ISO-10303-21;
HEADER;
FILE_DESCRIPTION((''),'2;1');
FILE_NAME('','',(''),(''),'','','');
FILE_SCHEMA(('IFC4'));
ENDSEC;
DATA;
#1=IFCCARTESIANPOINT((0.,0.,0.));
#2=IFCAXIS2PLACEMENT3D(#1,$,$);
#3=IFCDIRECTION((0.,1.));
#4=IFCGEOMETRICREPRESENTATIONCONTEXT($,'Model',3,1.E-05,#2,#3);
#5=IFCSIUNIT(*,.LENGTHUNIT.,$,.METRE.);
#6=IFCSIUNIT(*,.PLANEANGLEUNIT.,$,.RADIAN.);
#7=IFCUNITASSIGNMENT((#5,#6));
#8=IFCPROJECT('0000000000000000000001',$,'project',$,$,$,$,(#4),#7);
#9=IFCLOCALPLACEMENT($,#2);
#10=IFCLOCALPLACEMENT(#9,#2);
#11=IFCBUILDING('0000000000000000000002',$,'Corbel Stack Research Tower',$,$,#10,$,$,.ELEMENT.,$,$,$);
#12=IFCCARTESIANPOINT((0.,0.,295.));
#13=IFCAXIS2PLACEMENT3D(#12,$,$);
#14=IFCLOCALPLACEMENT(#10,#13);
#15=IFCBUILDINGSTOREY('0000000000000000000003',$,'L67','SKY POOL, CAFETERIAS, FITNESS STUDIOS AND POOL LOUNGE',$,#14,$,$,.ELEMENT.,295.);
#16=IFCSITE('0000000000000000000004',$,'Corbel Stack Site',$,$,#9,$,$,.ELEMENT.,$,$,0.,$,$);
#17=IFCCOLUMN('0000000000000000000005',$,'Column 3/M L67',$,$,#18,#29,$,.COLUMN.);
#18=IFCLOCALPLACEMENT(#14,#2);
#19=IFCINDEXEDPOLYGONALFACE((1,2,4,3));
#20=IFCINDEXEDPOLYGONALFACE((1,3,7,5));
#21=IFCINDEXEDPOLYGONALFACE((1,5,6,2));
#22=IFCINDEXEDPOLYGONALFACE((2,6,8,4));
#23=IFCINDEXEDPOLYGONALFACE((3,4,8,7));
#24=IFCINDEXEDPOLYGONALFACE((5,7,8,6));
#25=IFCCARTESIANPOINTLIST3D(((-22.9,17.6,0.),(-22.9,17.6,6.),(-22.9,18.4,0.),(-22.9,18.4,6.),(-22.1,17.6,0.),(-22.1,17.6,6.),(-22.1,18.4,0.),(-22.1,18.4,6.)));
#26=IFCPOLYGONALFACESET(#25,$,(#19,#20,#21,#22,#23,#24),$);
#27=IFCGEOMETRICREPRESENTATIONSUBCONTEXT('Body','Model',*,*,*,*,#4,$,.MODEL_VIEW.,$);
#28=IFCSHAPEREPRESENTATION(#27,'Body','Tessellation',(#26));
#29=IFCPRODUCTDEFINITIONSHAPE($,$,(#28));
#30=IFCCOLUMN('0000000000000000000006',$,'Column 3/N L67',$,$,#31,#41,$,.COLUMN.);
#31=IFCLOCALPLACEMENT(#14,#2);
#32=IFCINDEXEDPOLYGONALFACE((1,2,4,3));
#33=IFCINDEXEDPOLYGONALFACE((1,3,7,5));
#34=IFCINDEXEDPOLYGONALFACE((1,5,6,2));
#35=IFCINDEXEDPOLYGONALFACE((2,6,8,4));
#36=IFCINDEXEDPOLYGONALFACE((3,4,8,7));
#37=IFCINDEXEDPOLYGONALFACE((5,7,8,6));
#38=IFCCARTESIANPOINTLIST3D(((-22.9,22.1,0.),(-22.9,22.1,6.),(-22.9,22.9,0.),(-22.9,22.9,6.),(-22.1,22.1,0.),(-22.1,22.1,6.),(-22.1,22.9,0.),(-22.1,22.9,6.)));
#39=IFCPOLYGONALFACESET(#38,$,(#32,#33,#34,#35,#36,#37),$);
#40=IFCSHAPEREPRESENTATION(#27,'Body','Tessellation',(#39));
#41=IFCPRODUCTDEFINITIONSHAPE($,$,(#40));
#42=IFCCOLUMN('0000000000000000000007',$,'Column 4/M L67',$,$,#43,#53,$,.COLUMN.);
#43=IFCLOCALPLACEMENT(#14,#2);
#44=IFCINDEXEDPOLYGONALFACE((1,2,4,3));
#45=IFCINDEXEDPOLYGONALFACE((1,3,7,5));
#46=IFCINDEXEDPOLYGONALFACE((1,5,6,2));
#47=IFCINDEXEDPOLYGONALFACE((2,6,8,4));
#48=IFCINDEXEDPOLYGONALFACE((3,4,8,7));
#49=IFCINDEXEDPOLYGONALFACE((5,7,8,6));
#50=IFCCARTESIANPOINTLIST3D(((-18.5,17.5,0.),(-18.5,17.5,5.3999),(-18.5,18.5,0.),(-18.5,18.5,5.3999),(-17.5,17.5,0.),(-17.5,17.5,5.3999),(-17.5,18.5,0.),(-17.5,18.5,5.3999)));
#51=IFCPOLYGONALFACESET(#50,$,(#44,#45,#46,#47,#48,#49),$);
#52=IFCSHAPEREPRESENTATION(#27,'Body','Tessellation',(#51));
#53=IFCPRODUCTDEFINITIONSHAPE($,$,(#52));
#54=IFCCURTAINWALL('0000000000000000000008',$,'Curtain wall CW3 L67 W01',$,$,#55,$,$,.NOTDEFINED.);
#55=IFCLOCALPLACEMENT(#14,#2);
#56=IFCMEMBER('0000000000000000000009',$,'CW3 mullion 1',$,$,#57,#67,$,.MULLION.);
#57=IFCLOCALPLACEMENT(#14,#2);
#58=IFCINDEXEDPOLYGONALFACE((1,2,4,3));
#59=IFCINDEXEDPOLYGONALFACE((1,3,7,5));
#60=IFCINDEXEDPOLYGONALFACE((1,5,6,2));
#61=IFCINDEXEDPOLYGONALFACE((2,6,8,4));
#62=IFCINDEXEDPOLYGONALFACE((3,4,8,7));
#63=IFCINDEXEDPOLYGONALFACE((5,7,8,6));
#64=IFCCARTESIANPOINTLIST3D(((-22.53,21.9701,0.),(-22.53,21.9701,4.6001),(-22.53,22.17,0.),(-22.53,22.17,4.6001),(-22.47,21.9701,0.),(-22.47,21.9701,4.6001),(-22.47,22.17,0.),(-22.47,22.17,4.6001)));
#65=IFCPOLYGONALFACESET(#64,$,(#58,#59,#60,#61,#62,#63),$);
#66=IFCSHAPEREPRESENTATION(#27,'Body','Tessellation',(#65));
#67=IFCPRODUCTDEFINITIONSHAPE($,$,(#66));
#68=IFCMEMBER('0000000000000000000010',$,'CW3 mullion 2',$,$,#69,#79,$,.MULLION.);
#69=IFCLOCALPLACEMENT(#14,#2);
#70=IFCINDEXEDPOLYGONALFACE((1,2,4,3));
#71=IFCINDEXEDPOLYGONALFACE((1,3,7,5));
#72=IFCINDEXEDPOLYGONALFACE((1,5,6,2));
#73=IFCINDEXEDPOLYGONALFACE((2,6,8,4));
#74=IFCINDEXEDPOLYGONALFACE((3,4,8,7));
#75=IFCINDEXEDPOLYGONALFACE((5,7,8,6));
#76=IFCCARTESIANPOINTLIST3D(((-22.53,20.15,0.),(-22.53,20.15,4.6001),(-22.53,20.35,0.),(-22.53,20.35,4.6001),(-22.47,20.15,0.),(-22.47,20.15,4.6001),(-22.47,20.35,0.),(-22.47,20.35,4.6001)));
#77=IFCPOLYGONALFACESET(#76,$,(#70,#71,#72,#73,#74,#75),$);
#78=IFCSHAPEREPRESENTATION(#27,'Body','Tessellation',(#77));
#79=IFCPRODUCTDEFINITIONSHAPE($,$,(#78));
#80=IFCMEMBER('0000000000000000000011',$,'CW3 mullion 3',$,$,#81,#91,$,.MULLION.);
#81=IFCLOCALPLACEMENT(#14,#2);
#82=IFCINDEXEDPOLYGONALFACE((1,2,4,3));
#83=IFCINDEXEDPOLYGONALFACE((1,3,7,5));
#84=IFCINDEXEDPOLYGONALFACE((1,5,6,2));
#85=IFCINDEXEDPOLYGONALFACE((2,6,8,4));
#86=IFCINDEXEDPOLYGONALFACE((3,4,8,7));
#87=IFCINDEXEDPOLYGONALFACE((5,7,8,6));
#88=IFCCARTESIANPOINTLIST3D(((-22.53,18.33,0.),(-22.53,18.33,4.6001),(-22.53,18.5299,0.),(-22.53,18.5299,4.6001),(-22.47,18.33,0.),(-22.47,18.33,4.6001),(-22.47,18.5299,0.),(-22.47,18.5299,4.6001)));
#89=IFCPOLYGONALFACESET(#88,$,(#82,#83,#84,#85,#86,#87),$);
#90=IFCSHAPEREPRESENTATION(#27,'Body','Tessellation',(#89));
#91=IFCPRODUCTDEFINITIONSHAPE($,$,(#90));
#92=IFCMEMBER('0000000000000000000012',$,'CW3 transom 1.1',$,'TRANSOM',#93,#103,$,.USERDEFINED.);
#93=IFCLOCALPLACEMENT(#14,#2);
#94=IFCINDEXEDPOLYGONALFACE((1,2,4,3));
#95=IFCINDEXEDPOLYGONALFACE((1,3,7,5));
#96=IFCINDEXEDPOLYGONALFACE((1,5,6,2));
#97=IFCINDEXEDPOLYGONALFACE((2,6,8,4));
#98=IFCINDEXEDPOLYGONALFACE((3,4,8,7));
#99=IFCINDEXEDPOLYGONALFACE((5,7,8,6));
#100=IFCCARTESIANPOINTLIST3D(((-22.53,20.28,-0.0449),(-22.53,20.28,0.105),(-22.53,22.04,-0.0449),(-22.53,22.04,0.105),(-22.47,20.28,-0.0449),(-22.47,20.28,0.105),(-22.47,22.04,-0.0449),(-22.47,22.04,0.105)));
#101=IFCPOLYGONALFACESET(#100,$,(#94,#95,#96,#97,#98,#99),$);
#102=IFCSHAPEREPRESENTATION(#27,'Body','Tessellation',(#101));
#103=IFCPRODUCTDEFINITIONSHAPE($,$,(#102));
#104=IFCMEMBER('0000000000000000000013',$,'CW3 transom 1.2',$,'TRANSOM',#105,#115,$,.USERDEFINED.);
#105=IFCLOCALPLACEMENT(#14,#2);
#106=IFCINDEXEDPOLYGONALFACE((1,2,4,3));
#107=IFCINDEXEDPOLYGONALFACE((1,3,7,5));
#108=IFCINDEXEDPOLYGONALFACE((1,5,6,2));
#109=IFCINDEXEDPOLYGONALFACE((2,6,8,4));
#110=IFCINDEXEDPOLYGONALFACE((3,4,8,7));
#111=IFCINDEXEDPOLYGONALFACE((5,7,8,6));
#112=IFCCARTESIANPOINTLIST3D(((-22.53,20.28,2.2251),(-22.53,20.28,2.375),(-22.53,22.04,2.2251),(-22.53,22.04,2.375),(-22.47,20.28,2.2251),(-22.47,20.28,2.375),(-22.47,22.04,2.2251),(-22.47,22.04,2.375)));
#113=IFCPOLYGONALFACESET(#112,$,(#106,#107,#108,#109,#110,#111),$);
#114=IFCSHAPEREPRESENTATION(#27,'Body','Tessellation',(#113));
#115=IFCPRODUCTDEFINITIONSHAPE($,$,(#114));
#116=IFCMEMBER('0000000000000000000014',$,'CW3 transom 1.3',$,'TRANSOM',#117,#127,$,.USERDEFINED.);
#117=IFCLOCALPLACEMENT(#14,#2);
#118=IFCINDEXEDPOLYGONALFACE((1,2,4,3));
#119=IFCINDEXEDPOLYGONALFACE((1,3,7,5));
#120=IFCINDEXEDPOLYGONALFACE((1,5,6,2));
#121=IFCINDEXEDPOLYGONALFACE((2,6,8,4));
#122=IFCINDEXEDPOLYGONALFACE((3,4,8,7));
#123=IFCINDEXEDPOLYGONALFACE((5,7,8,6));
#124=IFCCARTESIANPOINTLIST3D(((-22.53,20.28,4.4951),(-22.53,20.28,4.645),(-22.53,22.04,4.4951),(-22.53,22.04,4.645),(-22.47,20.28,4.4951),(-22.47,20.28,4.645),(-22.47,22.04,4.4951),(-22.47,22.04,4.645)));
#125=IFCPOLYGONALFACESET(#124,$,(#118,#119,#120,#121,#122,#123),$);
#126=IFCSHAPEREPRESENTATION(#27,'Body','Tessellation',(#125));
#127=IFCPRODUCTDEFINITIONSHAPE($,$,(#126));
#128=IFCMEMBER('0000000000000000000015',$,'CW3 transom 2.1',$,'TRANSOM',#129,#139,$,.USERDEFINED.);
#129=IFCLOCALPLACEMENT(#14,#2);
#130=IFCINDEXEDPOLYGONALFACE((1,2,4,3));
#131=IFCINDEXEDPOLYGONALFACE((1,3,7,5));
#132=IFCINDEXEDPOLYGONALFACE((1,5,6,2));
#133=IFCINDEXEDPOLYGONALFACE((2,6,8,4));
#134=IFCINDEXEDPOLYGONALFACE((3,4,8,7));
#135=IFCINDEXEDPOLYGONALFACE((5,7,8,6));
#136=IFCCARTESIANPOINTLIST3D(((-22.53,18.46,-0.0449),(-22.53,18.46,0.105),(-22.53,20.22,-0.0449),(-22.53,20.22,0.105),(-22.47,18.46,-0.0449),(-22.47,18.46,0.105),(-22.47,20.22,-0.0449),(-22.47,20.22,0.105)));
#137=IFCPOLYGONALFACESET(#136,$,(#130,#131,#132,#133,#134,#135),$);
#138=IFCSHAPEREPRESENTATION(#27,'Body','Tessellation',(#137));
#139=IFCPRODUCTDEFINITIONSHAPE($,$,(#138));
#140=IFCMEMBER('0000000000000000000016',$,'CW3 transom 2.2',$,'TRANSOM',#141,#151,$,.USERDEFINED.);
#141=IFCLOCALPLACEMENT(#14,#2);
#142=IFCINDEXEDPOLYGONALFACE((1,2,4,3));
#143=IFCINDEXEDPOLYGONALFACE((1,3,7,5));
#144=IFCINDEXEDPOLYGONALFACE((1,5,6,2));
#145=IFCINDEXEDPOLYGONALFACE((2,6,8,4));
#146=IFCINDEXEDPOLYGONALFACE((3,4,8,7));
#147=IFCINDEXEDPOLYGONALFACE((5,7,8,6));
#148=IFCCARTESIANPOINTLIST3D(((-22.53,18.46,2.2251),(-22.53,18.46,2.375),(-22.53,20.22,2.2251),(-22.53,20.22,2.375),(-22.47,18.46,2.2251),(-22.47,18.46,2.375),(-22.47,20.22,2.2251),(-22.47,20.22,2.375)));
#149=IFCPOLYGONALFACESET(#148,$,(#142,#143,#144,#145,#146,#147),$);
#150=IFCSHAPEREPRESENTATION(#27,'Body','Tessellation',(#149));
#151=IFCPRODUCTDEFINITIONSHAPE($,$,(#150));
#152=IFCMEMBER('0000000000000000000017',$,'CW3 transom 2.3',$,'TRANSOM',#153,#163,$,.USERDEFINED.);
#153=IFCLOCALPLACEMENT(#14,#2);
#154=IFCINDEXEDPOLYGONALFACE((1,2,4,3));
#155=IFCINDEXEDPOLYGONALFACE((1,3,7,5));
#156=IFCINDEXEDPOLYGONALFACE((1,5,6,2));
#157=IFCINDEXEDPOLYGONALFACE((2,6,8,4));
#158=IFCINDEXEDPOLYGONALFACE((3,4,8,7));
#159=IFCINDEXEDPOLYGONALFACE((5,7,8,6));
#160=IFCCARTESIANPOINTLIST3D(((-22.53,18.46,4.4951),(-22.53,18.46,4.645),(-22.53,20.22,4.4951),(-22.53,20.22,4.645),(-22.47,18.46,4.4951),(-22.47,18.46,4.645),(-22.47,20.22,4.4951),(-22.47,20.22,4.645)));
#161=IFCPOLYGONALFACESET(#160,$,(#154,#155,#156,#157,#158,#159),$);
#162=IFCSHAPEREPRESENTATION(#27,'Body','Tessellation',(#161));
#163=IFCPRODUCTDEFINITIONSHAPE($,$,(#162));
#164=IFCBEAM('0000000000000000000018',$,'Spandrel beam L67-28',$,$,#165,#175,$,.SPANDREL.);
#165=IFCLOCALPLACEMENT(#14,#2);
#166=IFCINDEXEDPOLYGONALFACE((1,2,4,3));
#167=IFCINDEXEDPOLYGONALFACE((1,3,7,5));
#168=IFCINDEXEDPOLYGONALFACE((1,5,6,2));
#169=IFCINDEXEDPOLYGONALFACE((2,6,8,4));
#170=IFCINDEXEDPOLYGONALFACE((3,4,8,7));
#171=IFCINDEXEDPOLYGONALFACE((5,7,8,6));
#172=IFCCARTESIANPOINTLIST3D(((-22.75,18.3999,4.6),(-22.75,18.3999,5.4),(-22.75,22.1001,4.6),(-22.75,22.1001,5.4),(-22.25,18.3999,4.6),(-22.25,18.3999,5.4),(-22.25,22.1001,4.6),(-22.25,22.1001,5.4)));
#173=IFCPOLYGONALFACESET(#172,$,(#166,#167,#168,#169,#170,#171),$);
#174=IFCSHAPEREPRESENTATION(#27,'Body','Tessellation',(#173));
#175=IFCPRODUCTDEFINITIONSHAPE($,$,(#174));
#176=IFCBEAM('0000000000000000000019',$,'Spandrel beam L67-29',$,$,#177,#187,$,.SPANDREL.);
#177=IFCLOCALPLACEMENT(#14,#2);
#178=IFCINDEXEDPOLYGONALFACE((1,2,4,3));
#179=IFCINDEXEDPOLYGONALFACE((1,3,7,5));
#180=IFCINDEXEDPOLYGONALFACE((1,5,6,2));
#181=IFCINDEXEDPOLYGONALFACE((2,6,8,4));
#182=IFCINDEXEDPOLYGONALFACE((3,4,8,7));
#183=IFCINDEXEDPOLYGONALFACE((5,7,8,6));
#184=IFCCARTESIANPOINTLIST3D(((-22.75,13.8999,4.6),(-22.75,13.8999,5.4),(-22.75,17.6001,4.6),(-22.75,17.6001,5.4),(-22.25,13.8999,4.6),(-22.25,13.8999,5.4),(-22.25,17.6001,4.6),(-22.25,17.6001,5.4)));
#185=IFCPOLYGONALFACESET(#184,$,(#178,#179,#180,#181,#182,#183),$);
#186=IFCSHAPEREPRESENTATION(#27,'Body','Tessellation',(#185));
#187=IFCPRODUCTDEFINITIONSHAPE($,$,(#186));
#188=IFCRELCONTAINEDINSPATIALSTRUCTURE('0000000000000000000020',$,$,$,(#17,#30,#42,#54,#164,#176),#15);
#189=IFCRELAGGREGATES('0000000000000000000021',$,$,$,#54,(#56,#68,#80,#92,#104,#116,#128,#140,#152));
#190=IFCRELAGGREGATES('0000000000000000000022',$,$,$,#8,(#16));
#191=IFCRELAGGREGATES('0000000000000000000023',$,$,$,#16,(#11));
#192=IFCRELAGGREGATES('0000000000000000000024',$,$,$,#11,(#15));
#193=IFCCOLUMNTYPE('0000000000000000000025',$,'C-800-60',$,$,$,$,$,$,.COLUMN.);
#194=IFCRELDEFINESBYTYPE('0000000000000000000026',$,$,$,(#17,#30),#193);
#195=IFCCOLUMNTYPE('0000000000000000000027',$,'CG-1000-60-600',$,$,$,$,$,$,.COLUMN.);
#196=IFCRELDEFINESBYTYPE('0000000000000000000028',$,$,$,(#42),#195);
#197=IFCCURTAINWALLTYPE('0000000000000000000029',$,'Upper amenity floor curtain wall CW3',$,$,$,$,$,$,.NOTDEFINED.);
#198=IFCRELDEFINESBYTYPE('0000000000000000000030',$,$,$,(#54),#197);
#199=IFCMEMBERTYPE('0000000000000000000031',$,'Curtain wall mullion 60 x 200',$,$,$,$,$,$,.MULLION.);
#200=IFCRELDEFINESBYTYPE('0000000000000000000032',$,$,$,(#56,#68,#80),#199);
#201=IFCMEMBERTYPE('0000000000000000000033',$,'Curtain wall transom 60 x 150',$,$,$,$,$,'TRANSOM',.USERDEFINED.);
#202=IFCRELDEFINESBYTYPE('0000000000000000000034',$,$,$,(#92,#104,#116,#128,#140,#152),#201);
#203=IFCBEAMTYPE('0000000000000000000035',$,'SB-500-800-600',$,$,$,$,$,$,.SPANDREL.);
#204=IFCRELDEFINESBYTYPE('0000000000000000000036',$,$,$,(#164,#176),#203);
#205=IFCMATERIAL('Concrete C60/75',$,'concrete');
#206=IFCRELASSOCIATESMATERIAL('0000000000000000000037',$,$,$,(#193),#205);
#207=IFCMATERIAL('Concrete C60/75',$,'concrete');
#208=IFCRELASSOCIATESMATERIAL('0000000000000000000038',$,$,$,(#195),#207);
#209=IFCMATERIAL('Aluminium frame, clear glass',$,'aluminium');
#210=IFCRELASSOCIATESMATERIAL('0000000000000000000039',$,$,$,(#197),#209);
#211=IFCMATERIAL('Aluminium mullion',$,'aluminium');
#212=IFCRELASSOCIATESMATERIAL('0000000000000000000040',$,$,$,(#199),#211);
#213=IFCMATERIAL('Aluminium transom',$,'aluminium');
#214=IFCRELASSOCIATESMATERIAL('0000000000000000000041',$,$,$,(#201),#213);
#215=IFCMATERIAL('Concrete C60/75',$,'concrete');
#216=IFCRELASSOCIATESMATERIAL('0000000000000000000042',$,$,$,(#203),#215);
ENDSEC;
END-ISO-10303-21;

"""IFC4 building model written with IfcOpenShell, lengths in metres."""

from ifc_helpers import new_model, si_unit, direction, frame, origin, origin_2d, place, context, subcontext, project, spatial, rectangle, extrude, material, material_profile, profile_set, type_object, element, aggregate, save


model = new_model("IFC4")

# Units and contexts
model_context = context("Model", 3, precision=1e-05, world=origin(), true_north=direction((0.0, 1.0)))
body_context = subcontext(model_context, "Body", "Model", "MODEL_VIEW")
ifc_project = project(units=[si_unit("LENGTHUNIT", "METRE"), si_unit("PLANEANGLEUNIT", "RADIAN")], contexts=[model_context])

# Site, building, storey
site_placement = place(None, origin())
site = spatial("IfcSite", under=ifc_project, at=site_placement, Name="Corbel Stack Site", CompositionType="ELEMENT", RefElevation=0.0)
building_placement = place(site_placement, origin())
building = spatial("IfcBuilding", under=site, at=building_placement, Name="Corbel Stack Research Tower", CompositionType="ELEMENT")
storey_placement = place(building_placement, frame((0.0, 0.0, 295.0)))
storey = spatial("IfcBuildingStorey", under=building, at=storey_placement, Name="L67", Description="SKY POOL, CAFETERIAS, FITNESS STUDIOS AND POOL LOUNGE", CompositionType="ELEMENT", Elevation=295.0)

# Columns
ifc_material_1 = material(Name="Concrete C60/75", Category="concrete")
ifc_material_profile_1 = material_profile(ifc_material_1, rectangle(XDim=0.8, YDim=0.8, at=origin_2d()), Name="RC 800 x 800")
ifc_profile_set_1 = profile_set([ifc_material_profile_1], Name="Concrete C60/75")
column_type_1 = type_object("IfcColumnType", Name="C-800-60", PredefinedType="COLUMN", material=ifc_profile_set_1)
for number, where, z_axis, x_axis, name in (
    (1, (-22.5, 18.0, 0.0), (0.0, 0.0, 1.0), (1.0, 0.0, 0.0), "Column 3/M L67"),
    (2, (-22.5, 22.5, 0.0), (0.0, 0.0, 1.0), (1.0, 0.0, 0.0), "Column 3/N L67"),
):
    element("IfcColumn", number, at=place(storey_placement, frame(where, z_axis=z_axis, x_axis=x_axis)), inside=storey, type_object=column_type_1, Name=name, PredefinedType="COLUMN", context=body_context, shape_type="SweptSolid", body=[
        extrude(rectangle(XDim=0.8, YDim=0.8, at=origin_2d()), origin(), (0.0, 0.0, 1.0), 6.0),
    ])
ifc_material_2 = material(Name="Concrete C60/75", Category="concrete")
ifc_material_profile_2 = material_profile(ifc_material_2, rectangle(XDim=1.0, YDim=1.0, at=origin_2d()), Name="RC 1000 x 1000")
ifc_profile_set_2 = profile_set([ifc_material_profile_2], Name="Concrete C60/75")
column_type_2 = type_object("IfcColumnType", Name="CG-1000-60-600", PredefinedType="COLUMN", material=ifc_profile_set_2)
column_placement = place(storey_placement, frame((-18.0, 18.0, 0.0), z_axis=(0.0, 0.0, 1.0), x_axis=(1.0, 0.0, 0.0)))
element("IfcColumn", 3, at=column_placement, inside=storey, type_object=column_type_2, Name="Column 4/M L67", PredefinedType="COLUMN", context=body_context, shape_type="SweptSolid", body=[
    extrude(rectangle(XDim=1.0, YDim=1.0, at=origin_2d()), origin(), (0.0, 0.0, 1.0), 5.3999),
])

# Curtain wall, members
ifc_material_3 = material(Name="Aluminium frame, clear glass", Category="aluminium")
curtain_wall_type = type_object("IfcCurtainWallType", Name="Upper amenity floor curtain wall CW3", PredefinedType="NOTDEFINED", material=ifc_material_3)
curtain_wall_placement = place(storey_placement, origin())
curtain_wall = element("IfcCurtainWall", 4, at=curtain_wall_placement, inside=storey, type_object=curtain_wall_type, Name="Curtain wall CW3 L67 W01", PredefinedType="NOTDEFINED")
ifc_material_4 = material(Name="Aluminium mullion", Category="aluminium")
ifc_material_profile_3 = material_profile(ifc_material_4, rectangle(XDim=0.0601, YDim=0.2, at=origin_2d()), Name="Mullion 60 x 200")
ifc_profile_set_3 = profile_set([ifc_material_profile_3], Name="Aluminium mullion")
member_type_1 = type_object("IfcMemberType", Name="Curtain wall mullion 60 x 200", PredefinedType="MULLION", material=ifc_profile_set_3)
member_1_placement = place(storey_placement, frame((-22.5, 22.0701, 0.0), z_axis=(0.0, 0.0, 1.0), x_axis=(1.0, 0.0, 0.0)))
member_1 = element("IfcMember", 5, at=member_1_placement, type_object=member_type_1, Name="CW3 mullion 1", PredefinedType="MULLION", context=body_context, shape_type="SweptSolid", body=[
    extrude(rectangle(XDim=0.0601, YDim=0.2, at=origin_2d()), origin(), (0.0, 0.0, 1.0), 4.6001),
])
member_2_placement = place(storey_placement, frame((-22.5, 20.25, 0.0), z_axis=(0.0, 0.0, 1.0), x_axis=(1.0, 0.0, 0.0)))
member_2 = element("IfcMember", 6, at=member_2_placement, type_object=member_type_1, Name="CW3 mullion 2", PredefinedType="MULLION", context=body_context, shape_type="SweptSolid", body=[
    extrude(rectangle(XDim=0.0601, YDim=0.2, at=origin_2d()), origin(), (0.0, 0.0, 1.0), 4.6001),
])
member_3_placement = place(storey_placement, frame((-22.5, 18.4299, 0.0), z_axis=(0.0, 0.0, 1.0), x_axis=(1.0, 0.0, 0.0)))
member_3 = element("IfcMember", 7, at=member_3_placement, type_object=member_type_1, Name="CW3 mullion 3", PredefinedType="MULLION", context=body_context, shape_type="SweptSolid", body=[
    extrude(rectangle(XDim=0.0601, YDim=0.2, at=origin_2d()), origin(), (0.0, 0.0, 1.0), 4.6001),
])
ifc_material_5 = material(Name="Aluminium transom", Category="aluminium")
ifc_material_profile_4 = material_profile(ifc_material_5, rectangle(XDim=0.0601, YDim=0.1499, at=origin_2d()), Name="Transom 60 x 150")
ifc_profile_set_4 = profile_set([ifc_material_profile_4], Name="Aluminium transom")
member_type_2 = type_object("IfcMemberType", Name="Curtain wall transom 60 x 150", ElementType="TRANSOM", PredefinedType="USERDEFINED", material=ifc_profile_set_4)
member_4_placement = place(storey_placement, frame((-22.5, 22.04, 0.03), z_axis=(0.0, -1.0, 0.0), x_axis=(1.0, 0.0, 0.0)))
member_4 = element("IfcMember", 8, at=member_4_placement, type_object=member_type_2, Name="CW3 transom 1.1", ObjectType="TRANSOM", PredefinedType="USERDEFINED", context=body_context, shape_type="SweptSolid", body=[
    extrude(rectangle(XDim=0.0601, YDim=0.1499, at=origin_2d()), origin(), (0.0, 0.0, 1.0), 1.76),
])
member_5_placement = place(storey_placement, frame((-22.5, 22.04, 2.3), z_axis=(0.0, -1.0, 0.0), x_axis=(1.0, 0.0, 0.0)))
member_5 = element("IfcMember", 9, at=member_5_placement, type_object=member_type_2, Name="CW3 transom 1.2", ObjectType="TRANSOM", PredefinedType="USERDEFINED", context=body_context, shape_type="SweptSolid", body=[
    extrude(rectangle(XDim=0.0601, YDim=0.1499, at=origin_2d()), origin(), (0.0, 0.0, 1.0), 1.76),
])
member_6_placement = place(storey_placement, frame((-22.5, 22.04, 4.5701), z_axis=(0.0, -1.0, 0.0), x_axis=(1.0, 0.0, 0.0)))
member_6 = element("IfcMember", 10, at=member_6_placement, type_object=member_type_2, Name="CW3 transom 1.3", ObjectType="TRANSOM", PredefinedType="USERDEFINED", context=body_context, shape_type="SweptSolid", body=[
    extrude(rectangle(XDim=0.0601, YDim=0.1499, at=origin_2d()), origin(), (0.0, 0.0, 1.0), 1.76),
])
member_7_placement = place(storey_placement, frame((-22.5, 20.22, 0.03), z_axis=(0.0, -1.0, 0.0), x_axis=(1.0, 0.0, 0.0)))
member_7 = element("IfcMember", 11, at=member_7_placement, type_object=member_type_2, Name="CW3 transom 2.1", ObjectType="TRANSOM", PredefinedType="USERDEFINED", context=body_context, shape_type="SweptSolid", body=[
    extrude(rectangle(XDim=0.0601, YDim=0.1499, at=origin_2d()), origin(), (0.0, 0.0, 1.0), 1.76),
])
member_8_placement = place(storey_placement, frame((-22.5, 20.22, 2.3), z_axis=(0.0, -1.0, 0.0), x_axis=(1.0, 0.0, 0.0)))
member_8 = element("IfcMember", 12, at=member_8_placement, type_object=member_type_2, Name="CW3 transom 2.2", ObjectType="TRANSOM", PredefinedType="USERDEFINED", context=body_context, shape_type="SweptSolid", body=[
    extrude(rectangle(XDim=0.0601, YDim=0.1499, at=origin_2d()), origin(), (0.0, 0.0, 1.0), 1.76),
])
member_9_placement = place(storey_placement, frame((-22.5, 20.22, 4.5701), z_axis=(0.0, -1.0, 0.0), x_axis=(1.0, 0.0, 0.0)))
member_9 = element("IfcMember", 13, at=member_9_placement, type_object=member_type_2, Name="CW3 transom 2.3", ObjectType="TRANSOM", PredefinedType="USERDEFINED", context=body_context, shape_type="SweptSolid", body=[
    extrude(rectangle(XDim=0.0601, YDim=0.1499, at=origin_2d()), origin(), (0.0, 0.0, 1.0), 1.76),
])

# Beams
ifc_material_6 = material(Name="Concrete C60/75", Category="concrete")
ifc_material_profile_5 = material_profile(ifc_material_6, rectangle(XDim=0.5, YDim=0.8, at=origin_2d()), Name="RC 500 x 800")
ifc_profile_set_5 = profile_set([ifc_material_profile_5], Name="Concrete C60/75")
beam_type_1 = type_object("IfcBeamType", Name="SB-500-800-600", PredefinedType="SPANDREL", material=ifc_profile_set_5)
for number, where, z_axis, x_axis, name in (
    (14, (-22.5, 22.1001, 5.0), (0.0, -1.0, 0.0), (1.0, 0.0, 0.0), "Spandrel beam L67-28"),
    (15, (-22.5, 17.6001, 5.0), (0.0, -1.0, 0.0), (1.0, 0.0, 0.0), "Spandrel beam L67-29"),
):
    element("IfcBeam", number, at=place(storey_placement, frame(where, z_axis=z_axis, x_axis=x_axis)), inside=storey, type_object=beam_type_1, Name=name, PredefinedType="SPANDREL", context=body_context, shape_type="SweptSolid", body=[
        extrude(rectangle(XDim=0.5, YDim=0.8, at=origin_2d()), origin(), (0.0, 0.0, 1.0), 3.7002),
    ])

aggregate(curtain_wall, [member_1, member_2, member_3, member_4, member_5, member_6, member_7, member_8, member_9])

save(model, "model.ifc")
